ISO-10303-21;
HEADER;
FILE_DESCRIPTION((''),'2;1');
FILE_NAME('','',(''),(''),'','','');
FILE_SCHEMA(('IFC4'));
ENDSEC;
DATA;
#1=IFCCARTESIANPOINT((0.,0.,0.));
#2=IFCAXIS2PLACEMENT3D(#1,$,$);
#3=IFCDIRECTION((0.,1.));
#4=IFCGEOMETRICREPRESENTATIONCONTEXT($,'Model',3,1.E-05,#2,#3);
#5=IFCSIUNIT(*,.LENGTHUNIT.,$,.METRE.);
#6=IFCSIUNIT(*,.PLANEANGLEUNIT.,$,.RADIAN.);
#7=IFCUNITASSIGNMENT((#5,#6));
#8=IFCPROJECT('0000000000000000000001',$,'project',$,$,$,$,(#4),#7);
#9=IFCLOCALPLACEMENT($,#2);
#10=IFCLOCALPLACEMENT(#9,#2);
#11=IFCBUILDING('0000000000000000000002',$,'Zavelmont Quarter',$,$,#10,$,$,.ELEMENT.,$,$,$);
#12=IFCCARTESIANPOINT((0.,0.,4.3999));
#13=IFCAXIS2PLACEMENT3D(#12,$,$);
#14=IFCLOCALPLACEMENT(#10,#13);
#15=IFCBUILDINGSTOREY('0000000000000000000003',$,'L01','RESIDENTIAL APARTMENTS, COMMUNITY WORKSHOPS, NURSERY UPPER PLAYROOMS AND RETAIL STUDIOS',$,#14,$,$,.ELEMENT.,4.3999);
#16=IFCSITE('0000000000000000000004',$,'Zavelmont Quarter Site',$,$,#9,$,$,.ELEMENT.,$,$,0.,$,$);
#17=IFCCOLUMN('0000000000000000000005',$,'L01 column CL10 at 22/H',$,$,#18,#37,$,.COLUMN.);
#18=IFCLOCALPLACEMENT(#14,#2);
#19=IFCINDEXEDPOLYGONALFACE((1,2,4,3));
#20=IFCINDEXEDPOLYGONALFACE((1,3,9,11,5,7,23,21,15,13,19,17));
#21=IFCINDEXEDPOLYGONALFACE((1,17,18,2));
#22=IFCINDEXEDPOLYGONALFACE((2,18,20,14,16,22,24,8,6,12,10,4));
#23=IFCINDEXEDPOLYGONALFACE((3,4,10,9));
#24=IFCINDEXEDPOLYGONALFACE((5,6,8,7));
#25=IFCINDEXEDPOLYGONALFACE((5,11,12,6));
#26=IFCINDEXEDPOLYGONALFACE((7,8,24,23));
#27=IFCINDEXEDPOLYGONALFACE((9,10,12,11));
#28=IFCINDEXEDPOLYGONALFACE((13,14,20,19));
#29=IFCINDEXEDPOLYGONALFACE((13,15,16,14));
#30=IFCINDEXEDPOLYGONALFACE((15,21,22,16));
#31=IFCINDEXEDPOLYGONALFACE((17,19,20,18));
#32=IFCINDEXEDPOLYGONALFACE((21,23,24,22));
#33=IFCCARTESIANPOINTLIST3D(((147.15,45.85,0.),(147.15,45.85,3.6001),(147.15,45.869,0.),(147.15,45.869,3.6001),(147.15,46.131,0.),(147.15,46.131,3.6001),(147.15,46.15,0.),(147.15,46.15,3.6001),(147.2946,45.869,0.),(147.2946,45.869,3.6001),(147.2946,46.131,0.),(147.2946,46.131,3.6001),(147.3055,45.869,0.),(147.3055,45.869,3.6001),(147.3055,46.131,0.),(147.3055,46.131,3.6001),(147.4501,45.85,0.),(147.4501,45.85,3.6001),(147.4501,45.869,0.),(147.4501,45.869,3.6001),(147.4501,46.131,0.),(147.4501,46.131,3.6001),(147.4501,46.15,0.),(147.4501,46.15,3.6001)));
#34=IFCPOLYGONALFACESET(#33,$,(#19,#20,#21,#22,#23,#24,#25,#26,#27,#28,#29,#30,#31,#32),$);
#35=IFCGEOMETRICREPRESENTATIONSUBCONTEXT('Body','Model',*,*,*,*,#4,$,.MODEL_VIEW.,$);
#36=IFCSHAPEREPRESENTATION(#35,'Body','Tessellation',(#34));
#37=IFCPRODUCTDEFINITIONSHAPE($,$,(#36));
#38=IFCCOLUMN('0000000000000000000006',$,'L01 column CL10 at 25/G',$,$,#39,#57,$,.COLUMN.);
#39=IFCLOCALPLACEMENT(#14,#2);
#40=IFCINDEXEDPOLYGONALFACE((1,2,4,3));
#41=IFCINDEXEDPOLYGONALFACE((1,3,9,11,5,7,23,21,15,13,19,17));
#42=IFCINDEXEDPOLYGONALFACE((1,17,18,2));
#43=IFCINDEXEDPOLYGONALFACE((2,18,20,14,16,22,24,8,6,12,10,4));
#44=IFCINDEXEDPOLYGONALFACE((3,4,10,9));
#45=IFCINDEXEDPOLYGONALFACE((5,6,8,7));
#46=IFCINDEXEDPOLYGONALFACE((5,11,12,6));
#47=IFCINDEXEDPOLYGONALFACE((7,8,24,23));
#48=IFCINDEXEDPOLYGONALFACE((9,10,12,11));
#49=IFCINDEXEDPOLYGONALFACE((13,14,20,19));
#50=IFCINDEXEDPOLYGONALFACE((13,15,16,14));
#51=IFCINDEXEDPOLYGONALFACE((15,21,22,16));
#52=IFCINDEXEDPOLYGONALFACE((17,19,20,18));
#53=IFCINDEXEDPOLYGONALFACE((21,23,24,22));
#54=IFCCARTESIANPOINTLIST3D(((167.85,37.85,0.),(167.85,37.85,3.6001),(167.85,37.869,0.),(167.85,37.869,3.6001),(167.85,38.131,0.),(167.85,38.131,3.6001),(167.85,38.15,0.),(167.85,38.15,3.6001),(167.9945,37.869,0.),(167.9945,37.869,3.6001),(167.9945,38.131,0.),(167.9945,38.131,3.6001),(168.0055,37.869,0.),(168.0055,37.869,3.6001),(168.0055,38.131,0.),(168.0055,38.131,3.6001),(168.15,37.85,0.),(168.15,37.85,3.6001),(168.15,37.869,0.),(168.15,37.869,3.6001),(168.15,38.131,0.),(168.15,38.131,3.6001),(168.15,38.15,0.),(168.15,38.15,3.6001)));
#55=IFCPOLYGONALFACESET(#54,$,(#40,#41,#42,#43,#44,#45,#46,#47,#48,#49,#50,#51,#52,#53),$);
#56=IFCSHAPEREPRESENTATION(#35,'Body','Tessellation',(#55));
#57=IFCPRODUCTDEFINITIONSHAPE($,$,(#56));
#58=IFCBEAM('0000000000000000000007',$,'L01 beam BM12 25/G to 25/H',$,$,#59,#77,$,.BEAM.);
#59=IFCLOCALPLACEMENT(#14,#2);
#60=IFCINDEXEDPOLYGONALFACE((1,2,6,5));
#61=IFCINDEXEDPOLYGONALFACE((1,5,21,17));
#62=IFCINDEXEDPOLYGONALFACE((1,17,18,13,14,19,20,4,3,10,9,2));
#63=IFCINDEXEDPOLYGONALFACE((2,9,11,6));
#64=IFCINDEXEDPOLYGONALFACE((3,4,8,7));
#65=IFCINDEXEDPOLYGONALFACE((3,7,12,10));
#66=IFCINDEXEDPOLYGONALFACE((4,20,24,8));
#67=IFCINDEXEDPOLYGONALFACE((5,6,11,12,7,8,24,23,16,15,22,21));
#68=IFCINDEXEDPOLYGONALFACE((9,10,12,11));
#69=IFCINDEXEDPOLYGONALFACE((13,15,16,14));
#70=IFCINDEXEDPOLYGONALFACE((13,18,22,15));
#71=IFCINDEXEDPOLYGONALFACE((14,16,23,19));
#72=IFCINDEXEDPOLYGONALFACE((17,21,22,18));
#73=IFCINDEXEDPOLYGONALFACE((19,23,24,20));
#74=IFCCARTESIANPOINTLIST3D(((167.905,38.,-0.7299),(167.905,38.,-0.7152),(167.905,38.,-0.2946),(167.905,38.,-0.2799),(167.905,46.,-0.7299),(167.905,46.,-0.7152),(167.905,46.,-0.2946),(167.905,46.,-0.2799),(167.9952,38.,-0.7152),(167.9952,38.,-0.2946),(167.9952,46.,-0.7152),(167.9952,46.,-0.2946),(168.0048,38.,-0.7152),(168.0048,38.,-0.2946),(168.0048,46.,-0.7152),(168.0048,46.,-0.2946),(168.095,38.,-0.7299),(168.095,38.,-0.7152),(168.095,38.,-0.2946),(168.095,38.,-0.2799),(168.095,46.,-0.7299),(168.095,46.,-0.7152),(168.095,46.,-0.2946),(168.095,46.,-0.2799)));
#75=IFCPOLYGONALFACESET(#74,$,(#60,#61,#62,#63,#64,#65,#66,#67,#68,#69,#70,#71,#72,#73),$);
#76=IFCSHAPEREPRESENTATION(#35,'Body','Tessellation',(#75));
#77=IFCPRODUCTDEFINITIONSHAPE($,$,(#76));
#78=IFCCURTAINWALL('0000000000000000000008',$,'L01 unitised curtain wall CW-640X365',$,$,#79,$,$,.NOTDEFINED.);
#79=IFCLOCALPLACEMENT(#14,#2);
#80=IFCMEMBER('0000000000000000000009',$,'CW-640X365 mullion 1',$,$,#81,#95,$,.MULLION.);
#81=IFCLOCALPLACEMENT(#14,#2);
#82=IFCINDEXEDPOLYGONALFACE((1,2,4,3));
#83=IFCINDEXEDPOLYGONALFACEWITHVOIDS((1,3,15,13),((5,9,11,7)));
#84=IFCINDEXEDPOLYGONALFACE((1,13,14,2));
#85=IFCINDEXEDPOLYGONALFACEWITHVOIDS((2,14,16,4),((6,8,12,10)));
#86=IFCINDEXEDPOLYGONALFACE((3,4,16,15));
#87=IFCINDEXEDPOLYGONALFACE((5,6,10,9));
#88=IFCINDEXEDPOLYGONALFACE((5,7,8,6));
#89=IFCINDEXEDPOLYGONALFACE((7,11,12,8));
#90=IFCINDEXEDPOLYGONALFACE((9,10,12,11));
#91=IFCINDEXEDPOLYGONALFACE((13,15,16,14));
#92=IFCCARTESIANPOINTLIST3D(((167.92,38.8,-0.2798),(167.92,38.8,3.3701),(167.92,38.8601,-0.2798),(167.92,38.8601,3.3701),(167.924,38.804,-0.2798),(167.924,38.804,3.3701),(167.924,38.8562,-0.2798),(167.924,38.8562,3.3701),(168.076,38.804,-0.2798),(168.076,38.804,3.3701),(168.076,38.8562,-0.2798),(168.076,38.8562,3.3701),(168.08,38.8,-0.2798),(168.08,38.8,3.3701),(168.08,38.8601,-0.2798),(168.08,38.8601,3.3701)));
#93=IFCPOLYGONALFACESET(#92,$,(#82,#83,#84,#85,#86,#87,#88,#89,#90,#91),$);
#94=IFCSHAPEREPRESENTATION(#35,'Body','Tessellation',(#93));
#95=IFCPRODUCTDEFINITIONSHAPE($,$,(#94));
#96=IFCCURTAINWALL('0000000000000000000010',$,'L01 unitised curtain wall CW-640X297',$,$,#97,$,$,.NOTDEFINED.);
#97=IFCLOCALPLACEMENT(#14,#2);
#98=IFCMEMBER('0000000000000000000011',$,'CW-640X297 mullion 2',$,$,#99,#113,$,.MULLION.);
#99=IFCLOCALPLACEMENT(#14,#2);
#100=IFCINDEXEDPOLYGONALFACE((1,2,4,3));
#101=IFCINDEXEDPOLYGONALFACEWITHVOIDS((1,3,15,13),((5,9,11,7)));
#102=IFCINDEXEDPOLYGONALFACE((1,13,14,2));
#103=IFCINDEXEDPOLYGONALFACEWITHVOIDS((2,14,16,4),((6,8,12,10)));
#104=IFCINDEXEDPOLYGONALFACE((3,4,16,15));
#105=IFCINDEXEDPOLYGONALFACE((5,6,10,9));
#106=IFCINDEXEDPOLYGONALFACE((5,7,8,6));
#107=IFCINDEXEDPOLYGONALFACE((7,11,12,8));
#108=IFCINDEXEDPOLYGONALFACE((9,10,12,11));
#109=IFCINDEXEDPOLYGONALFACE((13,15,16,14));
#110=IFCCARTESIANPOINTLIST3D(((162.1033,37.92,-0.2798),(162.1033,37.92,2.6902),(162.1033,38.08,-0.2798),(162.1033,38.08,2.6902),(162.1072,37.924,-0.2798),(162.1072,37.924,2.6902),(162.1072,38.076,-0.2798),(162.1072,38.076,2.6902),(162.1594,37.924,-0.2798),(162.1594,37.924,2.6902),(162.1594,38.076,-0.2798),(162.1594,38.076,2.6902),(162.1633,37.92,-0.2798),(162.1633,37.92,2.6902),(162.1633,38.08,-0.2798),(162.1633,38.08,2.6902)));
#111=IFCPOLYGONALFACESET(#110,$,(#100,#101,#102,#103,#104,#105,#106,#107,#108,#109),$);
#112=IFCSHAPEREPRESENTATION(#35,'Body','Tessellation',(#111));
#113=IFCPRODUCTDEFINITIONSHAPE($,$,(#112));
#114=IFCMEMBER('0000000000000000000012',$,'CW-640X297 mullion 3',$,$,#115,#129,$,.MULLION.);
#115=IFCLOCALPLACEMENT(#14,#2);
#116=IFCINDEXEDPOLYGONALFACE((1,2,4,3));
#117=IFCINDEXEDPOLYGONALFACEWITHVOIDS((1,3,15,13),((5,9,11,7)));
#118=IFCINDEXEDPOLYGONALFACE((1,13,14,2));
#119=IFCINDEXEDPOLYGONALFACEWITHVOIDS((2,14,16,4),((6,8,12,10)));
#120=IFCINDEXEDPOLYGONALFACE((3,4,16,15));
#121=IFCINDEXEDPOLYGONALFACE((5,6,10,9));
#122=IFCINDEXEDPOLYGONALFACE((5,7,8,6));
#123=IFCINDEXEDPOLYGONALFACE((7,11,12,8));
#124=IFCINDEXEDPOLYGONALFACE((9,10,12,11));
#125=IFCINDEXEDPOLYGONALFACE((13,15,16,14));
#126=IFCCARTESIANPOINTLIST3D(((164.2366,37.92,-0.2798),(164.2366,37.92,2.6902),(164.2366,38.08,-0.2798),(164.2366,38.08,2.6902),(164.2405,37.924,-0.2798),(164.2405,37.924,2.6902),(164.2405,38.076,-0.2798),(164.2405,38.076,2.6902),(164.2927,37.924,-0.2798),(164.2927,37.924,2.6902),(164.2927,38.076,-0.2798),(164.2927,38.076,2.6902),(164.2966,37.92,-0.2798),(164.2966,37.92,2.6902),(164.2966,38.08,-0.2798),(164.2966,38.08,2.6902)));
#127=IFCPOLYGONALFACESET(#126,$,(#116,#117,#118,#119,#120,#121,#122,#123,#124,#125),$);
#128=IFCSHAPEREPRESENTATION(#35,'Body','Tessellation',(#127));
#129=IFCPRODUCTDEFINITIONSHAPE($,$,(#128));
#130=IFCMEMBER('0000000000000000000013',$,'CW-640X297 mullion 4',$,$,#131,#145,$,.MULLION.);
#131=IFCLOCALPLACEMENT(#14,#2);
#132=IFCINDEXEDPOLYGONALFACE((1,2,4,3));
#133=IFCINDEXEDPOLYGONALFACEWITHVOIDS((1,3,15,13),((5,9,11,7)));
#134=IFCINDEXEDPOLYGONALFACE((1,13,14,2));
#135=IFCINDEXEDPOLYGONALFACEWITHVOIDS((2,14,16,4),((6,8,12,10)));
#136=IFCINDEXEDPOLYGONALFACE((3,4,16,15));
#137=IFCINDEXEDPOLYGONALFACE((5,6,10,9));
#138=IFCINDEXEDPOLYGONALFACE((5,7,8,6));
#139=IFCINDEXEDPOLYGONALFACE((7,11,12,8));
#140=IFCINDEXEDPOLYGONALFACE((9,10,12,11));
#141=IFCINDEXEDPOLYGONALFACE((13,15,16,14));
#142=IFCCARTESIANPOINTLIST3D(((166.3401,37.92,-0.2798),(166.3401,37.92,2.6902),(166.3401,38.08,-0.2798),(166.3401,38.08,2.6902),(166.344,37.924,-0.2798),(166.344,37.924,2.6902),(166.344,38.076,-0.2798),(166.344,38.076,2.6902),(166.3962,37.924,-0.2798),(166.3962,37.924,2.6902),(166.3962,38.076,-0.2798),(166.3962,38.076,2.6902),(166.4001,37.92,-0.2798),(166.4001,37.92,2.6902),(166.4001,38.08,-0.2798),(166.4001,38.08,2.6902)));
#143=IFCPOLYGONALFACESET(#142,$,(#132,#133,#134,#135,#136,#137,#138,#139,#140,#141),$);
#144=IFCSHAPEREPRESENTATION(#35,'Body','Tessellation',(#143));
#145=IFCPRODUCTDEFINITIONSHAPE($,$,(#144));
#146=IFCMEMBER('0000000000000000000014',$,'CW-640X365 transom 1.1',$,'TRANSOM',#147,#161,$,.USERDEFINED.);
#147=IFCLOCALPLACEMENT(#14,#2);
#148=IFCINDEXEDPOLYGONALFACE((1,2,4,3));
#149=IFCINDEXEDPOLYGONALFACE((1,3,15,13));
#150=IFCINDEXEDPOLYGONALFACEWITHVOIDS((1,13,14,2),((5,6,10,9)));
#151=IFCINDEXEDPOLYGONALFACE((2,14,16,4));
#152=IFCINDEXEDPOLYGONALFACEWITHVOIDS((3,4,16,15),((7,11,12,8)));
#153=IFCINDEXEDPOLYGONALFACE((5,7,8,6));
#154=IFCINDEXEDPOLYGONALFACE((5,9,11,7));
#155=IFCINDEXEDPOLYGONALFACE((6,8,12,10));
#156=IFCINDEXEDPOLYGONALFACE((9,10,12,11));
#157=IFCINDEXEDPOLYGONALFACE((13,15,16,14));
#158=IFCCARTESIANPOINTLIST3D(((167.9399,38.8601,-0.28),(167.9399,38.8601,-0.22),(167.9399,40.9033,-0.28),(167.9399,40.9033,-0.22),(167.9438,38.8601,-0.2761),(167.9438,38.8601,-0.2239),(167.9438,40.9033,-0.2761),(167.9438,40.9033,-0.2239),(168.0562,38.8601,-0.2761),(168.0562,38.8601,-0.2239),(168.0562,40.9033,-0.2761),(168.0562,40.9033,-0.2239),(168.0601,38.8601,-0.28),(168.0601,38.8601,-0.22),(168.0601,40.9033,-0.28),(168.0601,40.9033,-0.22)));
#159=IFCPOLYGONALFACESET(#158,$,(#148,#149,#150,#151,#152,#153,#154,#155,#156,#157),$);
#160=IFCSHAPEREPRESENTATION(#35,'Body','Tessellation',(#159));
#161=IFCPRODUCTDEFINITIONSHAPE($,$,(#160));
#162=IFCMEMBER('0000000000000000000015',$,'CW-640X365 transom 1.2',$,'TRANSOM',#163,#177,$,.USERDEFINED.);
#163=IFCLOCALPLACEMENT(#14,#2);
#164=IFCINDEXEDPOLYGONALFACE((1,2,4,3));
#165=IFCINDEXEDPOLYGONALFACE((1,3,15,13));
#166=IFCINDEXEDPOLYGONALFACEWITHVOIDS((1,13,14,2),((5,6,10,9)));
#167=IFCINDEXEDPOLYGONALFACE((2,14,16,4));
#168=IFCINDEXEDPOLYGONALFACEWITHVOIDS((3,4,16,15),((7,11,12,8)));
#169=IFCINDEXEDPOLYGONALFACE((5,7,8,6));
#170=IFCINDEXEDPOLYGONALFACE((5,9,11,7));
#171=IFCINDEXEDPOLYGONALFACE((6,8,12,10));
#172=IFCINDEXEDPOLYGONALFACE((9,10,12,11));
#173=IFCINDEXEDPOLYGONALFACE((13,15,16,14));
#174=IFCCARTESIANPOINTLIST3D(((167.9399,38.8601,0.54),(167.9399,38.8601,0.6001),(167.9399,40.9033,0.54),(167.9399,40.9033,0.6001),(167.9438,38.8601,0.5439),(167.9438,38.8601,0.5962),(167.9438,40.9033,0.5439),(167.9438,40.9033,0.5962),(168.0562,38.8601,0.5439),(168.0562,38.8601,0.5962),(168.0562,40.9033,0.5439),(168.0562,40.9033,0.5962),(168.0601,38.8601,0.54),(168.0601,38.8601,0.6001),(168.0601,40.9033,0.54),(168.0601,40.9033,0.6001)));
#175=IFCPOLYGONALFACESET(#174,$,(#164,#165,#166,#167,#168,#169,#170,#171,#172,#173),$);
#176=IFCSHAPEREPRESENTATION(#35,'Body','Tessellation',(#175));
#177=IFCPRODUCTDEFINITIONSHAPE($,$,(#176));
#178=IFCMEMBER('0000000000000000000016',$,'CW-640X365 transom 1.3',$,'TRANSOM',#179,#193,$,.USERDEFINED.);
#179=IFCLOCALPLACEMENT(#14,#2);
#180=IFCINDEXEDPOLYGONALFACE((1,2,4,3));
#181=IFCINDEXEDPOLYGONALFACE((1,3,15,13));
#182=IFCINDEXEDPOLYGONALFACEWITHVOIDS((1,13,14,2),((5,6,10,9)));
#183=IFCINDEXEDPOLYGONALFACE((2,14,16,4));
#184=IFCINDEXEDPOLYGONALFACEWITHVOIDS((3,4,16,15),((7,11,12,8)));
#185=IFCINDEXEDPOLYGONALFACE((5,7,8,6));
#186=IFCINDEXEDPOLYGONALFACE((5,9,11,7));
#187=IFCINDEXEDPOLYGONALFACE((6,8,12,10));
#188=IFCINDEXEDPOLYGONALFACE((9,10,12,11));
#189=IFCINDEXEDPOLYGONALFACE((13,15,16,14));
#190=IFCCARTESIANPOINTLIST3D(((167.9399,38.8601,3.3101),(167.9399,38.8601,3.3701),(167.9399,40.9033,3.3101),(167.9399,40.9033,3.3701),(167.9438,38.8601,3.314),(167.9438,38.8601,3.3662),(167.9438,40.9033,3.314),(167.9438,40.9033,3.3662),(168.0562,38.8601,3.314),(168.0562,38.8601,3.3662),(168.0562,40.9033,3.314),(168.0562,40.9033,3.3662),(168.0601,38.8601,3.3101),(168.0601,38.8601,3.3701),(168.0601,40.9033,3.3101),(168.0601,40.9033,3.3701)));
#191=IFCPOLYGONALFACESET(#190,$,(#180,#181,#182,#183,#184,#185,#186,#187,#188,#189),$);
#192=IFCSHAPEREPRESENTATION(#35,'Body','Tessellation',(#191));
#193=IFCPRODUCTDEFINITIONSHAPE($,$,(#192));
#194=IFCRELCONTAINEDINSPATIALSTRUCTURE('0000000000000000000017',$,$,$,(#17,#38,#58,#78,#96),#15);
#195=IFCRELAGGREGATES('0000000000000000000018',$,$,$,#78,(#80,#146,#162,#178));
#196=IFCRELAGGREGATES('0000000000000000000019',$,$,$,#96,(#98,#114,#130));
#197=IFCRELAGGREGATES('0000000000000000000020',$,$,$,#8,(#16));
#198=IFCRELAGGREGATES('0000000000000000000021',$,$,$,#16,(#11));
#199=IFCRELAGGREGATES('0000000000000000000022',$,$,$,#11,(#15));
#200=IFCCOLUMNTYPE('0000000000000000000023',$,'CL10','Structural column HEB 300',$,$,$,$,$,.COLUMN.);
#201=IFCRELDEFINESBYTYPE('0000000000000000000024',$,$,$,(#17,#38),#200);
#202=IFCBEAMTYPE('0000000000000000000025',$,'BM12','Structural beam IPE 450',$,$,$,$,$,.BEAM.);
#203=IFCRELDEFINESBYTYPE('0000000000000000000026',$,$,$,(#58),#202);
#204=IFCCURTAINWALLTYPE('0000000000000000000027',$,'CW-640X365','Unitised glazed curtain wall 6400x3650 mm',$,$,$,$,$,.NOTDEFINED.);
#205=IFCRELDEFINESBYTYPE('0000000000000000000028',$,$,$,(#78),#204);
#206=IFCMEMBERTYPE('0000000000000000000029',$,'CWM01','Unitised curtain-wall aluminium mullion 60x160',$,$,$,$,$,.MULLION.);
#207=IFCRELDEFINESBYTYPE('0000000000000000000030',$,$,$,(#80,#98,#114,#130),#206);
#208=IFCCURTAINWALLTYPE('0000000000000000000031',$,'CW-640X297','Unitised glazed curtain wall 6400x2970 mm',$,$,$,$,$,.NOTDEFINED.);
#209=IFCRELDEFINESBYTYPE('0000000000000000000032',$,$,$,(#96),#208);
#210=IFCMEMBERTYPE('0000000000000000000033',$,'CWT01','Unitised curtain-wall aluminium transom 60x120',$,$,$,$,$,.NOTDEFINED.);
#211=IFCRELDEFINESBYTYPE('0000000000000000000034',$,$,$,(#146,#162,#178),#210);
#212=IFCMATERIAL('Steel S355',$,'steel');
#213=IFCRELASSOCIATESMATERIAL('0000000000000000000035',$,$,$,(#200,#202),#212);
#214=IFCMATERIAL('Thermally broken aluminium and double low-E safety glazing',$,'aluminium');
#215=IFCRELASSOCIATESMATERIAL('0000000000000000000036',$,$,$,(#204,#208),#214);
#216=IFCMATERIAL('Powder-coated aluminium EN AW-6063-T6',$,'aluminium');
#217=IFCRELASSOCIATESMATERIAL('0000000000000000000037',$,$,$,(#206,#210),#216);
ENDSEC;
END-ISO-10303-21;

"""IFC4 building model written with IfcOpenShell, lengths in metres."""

from ifc_helpers import new_model, si_unit, direction, frame, origin, origin_2d, place, context, subcontext, project, spatial, hollow_rectangle, i_section, extrude, material, material_profile, profile_set, type_object, element, aggregate, save


model = new_model("IFC4")

# Units and contexts
model_context = context("Model", 3, precision=1e-05, world=origin(), true_north=direction((0.0, 1.0)))
body_context = subcontext(model_context, "Body", "Model", "MODEL_VIEW")
ifc_project = project(units=[si_unit("LENGTHUNIT", "METRE"), si_unit("PLANEANGLEUNIT", "RADIAN")], contexts=[model_context])

# Site, building, storey
site_placement = place(None, origin())
site = spatial("IfcSite", under=ifc_project, at=site_placement, Name="Zavelmont Quarter Site", CompositionType="ELEMENT", RefElevation=0.0)
building_placement = place(site_placement, origin())
building = spatial("IfcBuilding", under=site, at=building_placement, Name="Zavelmont Quarter", CompositionType="ELEMENT")
storey_placement = place(building_placement, frame((0.0, 0.0, 4.3999)))
storey = spatial("IfcBuildingStorey", under=building, at=storey_placement, Name="L01", Description="RESIDENTIAL APARTMENTS, COMMUNITY WORKSHOPS, NURSERY UPPER PLAYROOMS AND RETAIL STUDIOS", CompositionType="ELEMENT", Elevation=4.3999)

# Columns
ifc_material_1 = material(Name="Steel S355", Category="steel")
ifc_material_profile_1 = material_profile(ifc_material_1, i_section(OverallWidth=0.3, OverallDepth=0.3, WebThickness=0.011, FlangeThickness=0.019, at=origin_2d()), Name="HEB 300")
ifc_profile_set_1 = profile_set([ifc_material_profile_1], Name="Steel S355")
column_type = type_object("IfcColumnType", Name="CL10", Description="Structural column HEB 300", PredefinedType="COLUMN", material=ifc_profile_set_1)
for number, where, z_axis, x_axis, name in (
    (1, (147.3, 46.0, 0.0), (0.0, 0.0, 1.0), (1.0, 0.0, 0.0), "L01 column CL10 at 22/H"),
    (2, (168.0, 38.0, 0.0), (0.0, 0.0, 1.0), (1.0, 0.0, 0.0), "L01 column CL10 at 25/G"),
):
    element("IfcColumn", number, at=place(storey_placement, frame(where, z_axis=z_axis, x_axis=x_axis)), inside=storey, type_object=column_type, Name=name, PredefinedType="COLUMN", context=body_context, shape_type="SweptSolid", body=[
        extrude(i_section(OverallWidth=0.3, OverallDepth=0.3, WebThickness=0.011, FlangeThickness=0.019, at=origin_2d()), origin(), (0.0, 0.0, 1.0), 3.6001),
    ])

# Beam
ifc_material_profile_2 = material_profile(ifc_material_1, i_section(OverallWidth=0.1899, OverallDepth=0.45, WebThickness=0.0095, FlangeThickness=0.0146, at=origin_2d()), Name="IPE 450")
ifc_profile_set_2 = profile_set([ifc_material_profile_2], Name="Steel S355")
beam_type = type_object("IfcBeamType", Name="BM12", Description="Structural beam IPE 450", PredefinedType="BEAM", material=ifc_profile_set_2)
beam_placement = place(storey_placement, frame((168.0, 38.0, -0.5049), z_axis=(0.0, 1.0, 0.0), x_axis=(-1.0, 0.0, 0.0)))
element("IfcBeam", 3, at=beam_placement, inside=storey, type_object=beam_type, Name="L01 beam BM12 25/G to 25/H", PredefinedType="BEAM", context=body_context, shape_type="SweptSolid", body=[
    extrude(i_section(OverallWidth=0.1899, OverallDepth=0.45, WebThickness=0.0095, FlangeThickness=0.0146, at=origin_2d()), origin(), (0.0, 0.0, 1.0), 8.0),
])

# Curtain wall, member
ifc_material_2 = material(Name="Thermally broken aluminium and double low-E safety glazing", Category="aluminium")
curtain_wall_type_1 = type_object("IfcCurtainWallType", Name="CW-640X365", Description="Unitised glazed curtain wall 6400x3650 mm", PredefinedType="NOTDEFINED", material=ifc_material_2)
curtain_wall_1_placement = place(storey_placement, origin())
curtain_wall_1 = element("IfcCurtainWall", 4, at=curtain_wall_1_placement, inside=storey, type_object=curtain_wall_type_1, Name="L01 unitised curtain wall CW-640X365", PredefinedType="NOTDEFINED")
ifc_material_3 = material(Name="Powder-coated aluminium EN AW-6063-T6", Category="aluminium")
ifc_material_profile_3 = material_profile(ifc_material_3, hollow_rectangle(XDim=0.0601, YDim=0.1599, WallThickness=0.0039, at=origin_2d()), Name="CWM60X160")
ifc_profile_set_3 = profile_set([ifc_material_profile_3], Name="Powder-coated aluminium EN AW-6063-T6")
member_type_1 = type_object("IfcMemberType", Name="CWM01", Description="Unitised curtain-wall aluminium mullion 60x160", PredefinedType="MULLION", material=ifc_profile_set_3)
member_1_placement = place(storey_placement, frame((168.0, 38.8301, -0.2798), z_axis=(0.0, 0.0, 1.0), x_axis=(0.0, 1.0, 0.0)))
member_1 = element("IfcMember", 5, at=member_1_placement, type_object=member_type_1, Name="CW-640X365 mullion 1", PredefinedType="MULLION", context=body_context, shape_type="SweptSolid", body=[
    extrude(hollow_rectangle(XDim=0.0601, YDim=0.1599, WallThickness=0.0039, at=origin_2d()), origin(), (0.0, 0.0, 1.0), 3.6499),
])

# Curtain wall, members
curtain_wall_type_2 = type_object("IfcCurtainWallType", Name="CW-640X297", Description="Unitised glazed curtain wall 6400x2970 mm", PredefinedType="NOTDEFINED", material=ifc_material_2)
curtain_wall_2_placement = place(storey_placement, origin())
curtain_wall_2 = element("IfcCurtainWall", 6, at=curtain_wall_2_placement, inside=storey, type_object=curtain_wall_type_2, Name="L01 unitised curtain wall CW-640X297", PredefinedType="NOTDEFINED")
member_2_placement = place(storey_placement, frame((162.1333, 38.0, -0.2798), z_axis=(0.0, 0.0, 1.0), x_axis=(1.0, 0.0, 0.0)))
member_2 = element("IfcMember", 7, at=member_2_placement, type_object=member_type_1, Name="CW-640X297 mullion 2", PredefinedType="MULLION", context=body_context, shape_type="SweptSolid", body=[
    extrude(hollow_rectangle(XDim=0.0601, YDim=0.1599, WallThickness=0.0039, at=origin_2d()), origin(), (0.0, 0.0, 1.0), 2.97),
])
member_3_placement = place(storey_placement, frame((164.2666, 38.0, -0.2798), z_axis=(0.0, 0.0, 1.0), x_axis=(1.0, 0.0, 0.0)))
member_3 = element("IfcMember", 8, at=member_3_placement, type_object=member_type_1, Name="CW-640X297 mullion 3", PredefinedType="MULLION", context=body_context, shape_type="SweptSolid", body=[
    extrude(hollow_rectangle(XDim=0.0601, YDim=0.1599, WallThickness=0.0039, at=origin_2d()), origin(), (0.0, 0.0, 1.0), 2.97),
])
member_4_placement = place(storey_placement, frame((166.3701, 38.0, -0.2798), z_axis=(0.0, 0.0, 1.0), x_axis=(1.0, 0.0, 0.0)))
member_4 = element("IfcMember", 9, at=member_4_placement, type_object=member_type_1, Name="CW-640X297 mullion 4", PredefinedType="MULLION", context=body_context, shape_type="SweptSolid", body=[
    extrude(hollow_rectangle(XDim=0.0601, YDim=0.1599, WallThickness=0.0039, at=origin_2d()), origin(), (0.0, 0.0, 1.0), 2.97),
])

# Members
ifc_material_profile_4 = material_profile(ifc_material_3, hollow_rectangle(XDim=0.1201, YDim=0.0601, WallThickness=0.0039, at=origin_2d()), Name="CWT60X120")
ifc_profile_set_4 = profile_set([ifc_material_profile_4], Name="Powder-coated aluminium EN AW-6063-T6")
member_type_2 = type_object("IfcMemberType", Name="CWT01", Description="Unitised curtain-wall aluminium transom 60x120", PredefinedType="NOTDEFINED", material=ifc_profile_set_4)
member_5_placement = place(storey_placement, frame((168.0, 38.8601, -0.25), z_axis=(0.0, 1.0, 0.0), x_axis=(-1.0, 0.0, 0.0)))
member_5 = element("IfcMember", 10, at=member_5_placement, type_object=member_type_2, Name="CW-640X365 transom 1.1", ObjectType="TRANSOM", PredefinedType="USERDEFINED", context=body_context, shape_type="SweptSolid", body=[
    extrude(hollow_rectangle(XDim=0.1201, YDim=0.0601, WallThickness=0.0039, at=origin_2d()), origin(), (0.0, 0.0, 1.0), 2.0432),
])
member_6_placement = place(storey_placement, frame((168.0, 38.8601, 0.5701), z_axis=(0.0, 1.0, 0.0), x_axis=(-1.0, 0.0, 0.0)))
member_6 = element("IfcMember", 11, at=member_6_placement, type_object=member_type_2, Name="CW-640X365 transom 1.2", ObjectType="TRANSOM", PredefinedType="USERDEFINED", context=body_context, shape_type="SweptSolid", body=[
    extrude(hollow_rectangle(XDim=0.1201, YDim=0.0601, WallThickness=0.0039, at=origin_2d()), origin(), (0.0, 0.0, 1.0), 2.0432),
])
member_7_placement = place(storey_placement, frame((168.0, 38.8601, 3.3401), z_axis=(0.0, 1.0, 0.0), x_axis=(-1.0, 0.0, 0.0)))
member_7 = element("IfcMember", 12, at=member_7_placement, type_object=member_type_2, Name="CW-640X365 transom 1.3", ObjectType="TRANSOM", PredefinedType="USERDEFINED", context=body_context, shape_type="SweptSolid", body=[
    extrude(hollow_rectangle(XDim=0.1201, YDim=0.0601, WallThickness=0.0039, at=origin_2d()), origin(), (0.0, 0.0, 1.0), 2.0432),
])

aggregate(curtain_wall_1, [member_1, member_5, member_6, member_7])
aggregate(curtain_wall_2, [member_2, member_3, member_4])

save(model, "model.ifc")
